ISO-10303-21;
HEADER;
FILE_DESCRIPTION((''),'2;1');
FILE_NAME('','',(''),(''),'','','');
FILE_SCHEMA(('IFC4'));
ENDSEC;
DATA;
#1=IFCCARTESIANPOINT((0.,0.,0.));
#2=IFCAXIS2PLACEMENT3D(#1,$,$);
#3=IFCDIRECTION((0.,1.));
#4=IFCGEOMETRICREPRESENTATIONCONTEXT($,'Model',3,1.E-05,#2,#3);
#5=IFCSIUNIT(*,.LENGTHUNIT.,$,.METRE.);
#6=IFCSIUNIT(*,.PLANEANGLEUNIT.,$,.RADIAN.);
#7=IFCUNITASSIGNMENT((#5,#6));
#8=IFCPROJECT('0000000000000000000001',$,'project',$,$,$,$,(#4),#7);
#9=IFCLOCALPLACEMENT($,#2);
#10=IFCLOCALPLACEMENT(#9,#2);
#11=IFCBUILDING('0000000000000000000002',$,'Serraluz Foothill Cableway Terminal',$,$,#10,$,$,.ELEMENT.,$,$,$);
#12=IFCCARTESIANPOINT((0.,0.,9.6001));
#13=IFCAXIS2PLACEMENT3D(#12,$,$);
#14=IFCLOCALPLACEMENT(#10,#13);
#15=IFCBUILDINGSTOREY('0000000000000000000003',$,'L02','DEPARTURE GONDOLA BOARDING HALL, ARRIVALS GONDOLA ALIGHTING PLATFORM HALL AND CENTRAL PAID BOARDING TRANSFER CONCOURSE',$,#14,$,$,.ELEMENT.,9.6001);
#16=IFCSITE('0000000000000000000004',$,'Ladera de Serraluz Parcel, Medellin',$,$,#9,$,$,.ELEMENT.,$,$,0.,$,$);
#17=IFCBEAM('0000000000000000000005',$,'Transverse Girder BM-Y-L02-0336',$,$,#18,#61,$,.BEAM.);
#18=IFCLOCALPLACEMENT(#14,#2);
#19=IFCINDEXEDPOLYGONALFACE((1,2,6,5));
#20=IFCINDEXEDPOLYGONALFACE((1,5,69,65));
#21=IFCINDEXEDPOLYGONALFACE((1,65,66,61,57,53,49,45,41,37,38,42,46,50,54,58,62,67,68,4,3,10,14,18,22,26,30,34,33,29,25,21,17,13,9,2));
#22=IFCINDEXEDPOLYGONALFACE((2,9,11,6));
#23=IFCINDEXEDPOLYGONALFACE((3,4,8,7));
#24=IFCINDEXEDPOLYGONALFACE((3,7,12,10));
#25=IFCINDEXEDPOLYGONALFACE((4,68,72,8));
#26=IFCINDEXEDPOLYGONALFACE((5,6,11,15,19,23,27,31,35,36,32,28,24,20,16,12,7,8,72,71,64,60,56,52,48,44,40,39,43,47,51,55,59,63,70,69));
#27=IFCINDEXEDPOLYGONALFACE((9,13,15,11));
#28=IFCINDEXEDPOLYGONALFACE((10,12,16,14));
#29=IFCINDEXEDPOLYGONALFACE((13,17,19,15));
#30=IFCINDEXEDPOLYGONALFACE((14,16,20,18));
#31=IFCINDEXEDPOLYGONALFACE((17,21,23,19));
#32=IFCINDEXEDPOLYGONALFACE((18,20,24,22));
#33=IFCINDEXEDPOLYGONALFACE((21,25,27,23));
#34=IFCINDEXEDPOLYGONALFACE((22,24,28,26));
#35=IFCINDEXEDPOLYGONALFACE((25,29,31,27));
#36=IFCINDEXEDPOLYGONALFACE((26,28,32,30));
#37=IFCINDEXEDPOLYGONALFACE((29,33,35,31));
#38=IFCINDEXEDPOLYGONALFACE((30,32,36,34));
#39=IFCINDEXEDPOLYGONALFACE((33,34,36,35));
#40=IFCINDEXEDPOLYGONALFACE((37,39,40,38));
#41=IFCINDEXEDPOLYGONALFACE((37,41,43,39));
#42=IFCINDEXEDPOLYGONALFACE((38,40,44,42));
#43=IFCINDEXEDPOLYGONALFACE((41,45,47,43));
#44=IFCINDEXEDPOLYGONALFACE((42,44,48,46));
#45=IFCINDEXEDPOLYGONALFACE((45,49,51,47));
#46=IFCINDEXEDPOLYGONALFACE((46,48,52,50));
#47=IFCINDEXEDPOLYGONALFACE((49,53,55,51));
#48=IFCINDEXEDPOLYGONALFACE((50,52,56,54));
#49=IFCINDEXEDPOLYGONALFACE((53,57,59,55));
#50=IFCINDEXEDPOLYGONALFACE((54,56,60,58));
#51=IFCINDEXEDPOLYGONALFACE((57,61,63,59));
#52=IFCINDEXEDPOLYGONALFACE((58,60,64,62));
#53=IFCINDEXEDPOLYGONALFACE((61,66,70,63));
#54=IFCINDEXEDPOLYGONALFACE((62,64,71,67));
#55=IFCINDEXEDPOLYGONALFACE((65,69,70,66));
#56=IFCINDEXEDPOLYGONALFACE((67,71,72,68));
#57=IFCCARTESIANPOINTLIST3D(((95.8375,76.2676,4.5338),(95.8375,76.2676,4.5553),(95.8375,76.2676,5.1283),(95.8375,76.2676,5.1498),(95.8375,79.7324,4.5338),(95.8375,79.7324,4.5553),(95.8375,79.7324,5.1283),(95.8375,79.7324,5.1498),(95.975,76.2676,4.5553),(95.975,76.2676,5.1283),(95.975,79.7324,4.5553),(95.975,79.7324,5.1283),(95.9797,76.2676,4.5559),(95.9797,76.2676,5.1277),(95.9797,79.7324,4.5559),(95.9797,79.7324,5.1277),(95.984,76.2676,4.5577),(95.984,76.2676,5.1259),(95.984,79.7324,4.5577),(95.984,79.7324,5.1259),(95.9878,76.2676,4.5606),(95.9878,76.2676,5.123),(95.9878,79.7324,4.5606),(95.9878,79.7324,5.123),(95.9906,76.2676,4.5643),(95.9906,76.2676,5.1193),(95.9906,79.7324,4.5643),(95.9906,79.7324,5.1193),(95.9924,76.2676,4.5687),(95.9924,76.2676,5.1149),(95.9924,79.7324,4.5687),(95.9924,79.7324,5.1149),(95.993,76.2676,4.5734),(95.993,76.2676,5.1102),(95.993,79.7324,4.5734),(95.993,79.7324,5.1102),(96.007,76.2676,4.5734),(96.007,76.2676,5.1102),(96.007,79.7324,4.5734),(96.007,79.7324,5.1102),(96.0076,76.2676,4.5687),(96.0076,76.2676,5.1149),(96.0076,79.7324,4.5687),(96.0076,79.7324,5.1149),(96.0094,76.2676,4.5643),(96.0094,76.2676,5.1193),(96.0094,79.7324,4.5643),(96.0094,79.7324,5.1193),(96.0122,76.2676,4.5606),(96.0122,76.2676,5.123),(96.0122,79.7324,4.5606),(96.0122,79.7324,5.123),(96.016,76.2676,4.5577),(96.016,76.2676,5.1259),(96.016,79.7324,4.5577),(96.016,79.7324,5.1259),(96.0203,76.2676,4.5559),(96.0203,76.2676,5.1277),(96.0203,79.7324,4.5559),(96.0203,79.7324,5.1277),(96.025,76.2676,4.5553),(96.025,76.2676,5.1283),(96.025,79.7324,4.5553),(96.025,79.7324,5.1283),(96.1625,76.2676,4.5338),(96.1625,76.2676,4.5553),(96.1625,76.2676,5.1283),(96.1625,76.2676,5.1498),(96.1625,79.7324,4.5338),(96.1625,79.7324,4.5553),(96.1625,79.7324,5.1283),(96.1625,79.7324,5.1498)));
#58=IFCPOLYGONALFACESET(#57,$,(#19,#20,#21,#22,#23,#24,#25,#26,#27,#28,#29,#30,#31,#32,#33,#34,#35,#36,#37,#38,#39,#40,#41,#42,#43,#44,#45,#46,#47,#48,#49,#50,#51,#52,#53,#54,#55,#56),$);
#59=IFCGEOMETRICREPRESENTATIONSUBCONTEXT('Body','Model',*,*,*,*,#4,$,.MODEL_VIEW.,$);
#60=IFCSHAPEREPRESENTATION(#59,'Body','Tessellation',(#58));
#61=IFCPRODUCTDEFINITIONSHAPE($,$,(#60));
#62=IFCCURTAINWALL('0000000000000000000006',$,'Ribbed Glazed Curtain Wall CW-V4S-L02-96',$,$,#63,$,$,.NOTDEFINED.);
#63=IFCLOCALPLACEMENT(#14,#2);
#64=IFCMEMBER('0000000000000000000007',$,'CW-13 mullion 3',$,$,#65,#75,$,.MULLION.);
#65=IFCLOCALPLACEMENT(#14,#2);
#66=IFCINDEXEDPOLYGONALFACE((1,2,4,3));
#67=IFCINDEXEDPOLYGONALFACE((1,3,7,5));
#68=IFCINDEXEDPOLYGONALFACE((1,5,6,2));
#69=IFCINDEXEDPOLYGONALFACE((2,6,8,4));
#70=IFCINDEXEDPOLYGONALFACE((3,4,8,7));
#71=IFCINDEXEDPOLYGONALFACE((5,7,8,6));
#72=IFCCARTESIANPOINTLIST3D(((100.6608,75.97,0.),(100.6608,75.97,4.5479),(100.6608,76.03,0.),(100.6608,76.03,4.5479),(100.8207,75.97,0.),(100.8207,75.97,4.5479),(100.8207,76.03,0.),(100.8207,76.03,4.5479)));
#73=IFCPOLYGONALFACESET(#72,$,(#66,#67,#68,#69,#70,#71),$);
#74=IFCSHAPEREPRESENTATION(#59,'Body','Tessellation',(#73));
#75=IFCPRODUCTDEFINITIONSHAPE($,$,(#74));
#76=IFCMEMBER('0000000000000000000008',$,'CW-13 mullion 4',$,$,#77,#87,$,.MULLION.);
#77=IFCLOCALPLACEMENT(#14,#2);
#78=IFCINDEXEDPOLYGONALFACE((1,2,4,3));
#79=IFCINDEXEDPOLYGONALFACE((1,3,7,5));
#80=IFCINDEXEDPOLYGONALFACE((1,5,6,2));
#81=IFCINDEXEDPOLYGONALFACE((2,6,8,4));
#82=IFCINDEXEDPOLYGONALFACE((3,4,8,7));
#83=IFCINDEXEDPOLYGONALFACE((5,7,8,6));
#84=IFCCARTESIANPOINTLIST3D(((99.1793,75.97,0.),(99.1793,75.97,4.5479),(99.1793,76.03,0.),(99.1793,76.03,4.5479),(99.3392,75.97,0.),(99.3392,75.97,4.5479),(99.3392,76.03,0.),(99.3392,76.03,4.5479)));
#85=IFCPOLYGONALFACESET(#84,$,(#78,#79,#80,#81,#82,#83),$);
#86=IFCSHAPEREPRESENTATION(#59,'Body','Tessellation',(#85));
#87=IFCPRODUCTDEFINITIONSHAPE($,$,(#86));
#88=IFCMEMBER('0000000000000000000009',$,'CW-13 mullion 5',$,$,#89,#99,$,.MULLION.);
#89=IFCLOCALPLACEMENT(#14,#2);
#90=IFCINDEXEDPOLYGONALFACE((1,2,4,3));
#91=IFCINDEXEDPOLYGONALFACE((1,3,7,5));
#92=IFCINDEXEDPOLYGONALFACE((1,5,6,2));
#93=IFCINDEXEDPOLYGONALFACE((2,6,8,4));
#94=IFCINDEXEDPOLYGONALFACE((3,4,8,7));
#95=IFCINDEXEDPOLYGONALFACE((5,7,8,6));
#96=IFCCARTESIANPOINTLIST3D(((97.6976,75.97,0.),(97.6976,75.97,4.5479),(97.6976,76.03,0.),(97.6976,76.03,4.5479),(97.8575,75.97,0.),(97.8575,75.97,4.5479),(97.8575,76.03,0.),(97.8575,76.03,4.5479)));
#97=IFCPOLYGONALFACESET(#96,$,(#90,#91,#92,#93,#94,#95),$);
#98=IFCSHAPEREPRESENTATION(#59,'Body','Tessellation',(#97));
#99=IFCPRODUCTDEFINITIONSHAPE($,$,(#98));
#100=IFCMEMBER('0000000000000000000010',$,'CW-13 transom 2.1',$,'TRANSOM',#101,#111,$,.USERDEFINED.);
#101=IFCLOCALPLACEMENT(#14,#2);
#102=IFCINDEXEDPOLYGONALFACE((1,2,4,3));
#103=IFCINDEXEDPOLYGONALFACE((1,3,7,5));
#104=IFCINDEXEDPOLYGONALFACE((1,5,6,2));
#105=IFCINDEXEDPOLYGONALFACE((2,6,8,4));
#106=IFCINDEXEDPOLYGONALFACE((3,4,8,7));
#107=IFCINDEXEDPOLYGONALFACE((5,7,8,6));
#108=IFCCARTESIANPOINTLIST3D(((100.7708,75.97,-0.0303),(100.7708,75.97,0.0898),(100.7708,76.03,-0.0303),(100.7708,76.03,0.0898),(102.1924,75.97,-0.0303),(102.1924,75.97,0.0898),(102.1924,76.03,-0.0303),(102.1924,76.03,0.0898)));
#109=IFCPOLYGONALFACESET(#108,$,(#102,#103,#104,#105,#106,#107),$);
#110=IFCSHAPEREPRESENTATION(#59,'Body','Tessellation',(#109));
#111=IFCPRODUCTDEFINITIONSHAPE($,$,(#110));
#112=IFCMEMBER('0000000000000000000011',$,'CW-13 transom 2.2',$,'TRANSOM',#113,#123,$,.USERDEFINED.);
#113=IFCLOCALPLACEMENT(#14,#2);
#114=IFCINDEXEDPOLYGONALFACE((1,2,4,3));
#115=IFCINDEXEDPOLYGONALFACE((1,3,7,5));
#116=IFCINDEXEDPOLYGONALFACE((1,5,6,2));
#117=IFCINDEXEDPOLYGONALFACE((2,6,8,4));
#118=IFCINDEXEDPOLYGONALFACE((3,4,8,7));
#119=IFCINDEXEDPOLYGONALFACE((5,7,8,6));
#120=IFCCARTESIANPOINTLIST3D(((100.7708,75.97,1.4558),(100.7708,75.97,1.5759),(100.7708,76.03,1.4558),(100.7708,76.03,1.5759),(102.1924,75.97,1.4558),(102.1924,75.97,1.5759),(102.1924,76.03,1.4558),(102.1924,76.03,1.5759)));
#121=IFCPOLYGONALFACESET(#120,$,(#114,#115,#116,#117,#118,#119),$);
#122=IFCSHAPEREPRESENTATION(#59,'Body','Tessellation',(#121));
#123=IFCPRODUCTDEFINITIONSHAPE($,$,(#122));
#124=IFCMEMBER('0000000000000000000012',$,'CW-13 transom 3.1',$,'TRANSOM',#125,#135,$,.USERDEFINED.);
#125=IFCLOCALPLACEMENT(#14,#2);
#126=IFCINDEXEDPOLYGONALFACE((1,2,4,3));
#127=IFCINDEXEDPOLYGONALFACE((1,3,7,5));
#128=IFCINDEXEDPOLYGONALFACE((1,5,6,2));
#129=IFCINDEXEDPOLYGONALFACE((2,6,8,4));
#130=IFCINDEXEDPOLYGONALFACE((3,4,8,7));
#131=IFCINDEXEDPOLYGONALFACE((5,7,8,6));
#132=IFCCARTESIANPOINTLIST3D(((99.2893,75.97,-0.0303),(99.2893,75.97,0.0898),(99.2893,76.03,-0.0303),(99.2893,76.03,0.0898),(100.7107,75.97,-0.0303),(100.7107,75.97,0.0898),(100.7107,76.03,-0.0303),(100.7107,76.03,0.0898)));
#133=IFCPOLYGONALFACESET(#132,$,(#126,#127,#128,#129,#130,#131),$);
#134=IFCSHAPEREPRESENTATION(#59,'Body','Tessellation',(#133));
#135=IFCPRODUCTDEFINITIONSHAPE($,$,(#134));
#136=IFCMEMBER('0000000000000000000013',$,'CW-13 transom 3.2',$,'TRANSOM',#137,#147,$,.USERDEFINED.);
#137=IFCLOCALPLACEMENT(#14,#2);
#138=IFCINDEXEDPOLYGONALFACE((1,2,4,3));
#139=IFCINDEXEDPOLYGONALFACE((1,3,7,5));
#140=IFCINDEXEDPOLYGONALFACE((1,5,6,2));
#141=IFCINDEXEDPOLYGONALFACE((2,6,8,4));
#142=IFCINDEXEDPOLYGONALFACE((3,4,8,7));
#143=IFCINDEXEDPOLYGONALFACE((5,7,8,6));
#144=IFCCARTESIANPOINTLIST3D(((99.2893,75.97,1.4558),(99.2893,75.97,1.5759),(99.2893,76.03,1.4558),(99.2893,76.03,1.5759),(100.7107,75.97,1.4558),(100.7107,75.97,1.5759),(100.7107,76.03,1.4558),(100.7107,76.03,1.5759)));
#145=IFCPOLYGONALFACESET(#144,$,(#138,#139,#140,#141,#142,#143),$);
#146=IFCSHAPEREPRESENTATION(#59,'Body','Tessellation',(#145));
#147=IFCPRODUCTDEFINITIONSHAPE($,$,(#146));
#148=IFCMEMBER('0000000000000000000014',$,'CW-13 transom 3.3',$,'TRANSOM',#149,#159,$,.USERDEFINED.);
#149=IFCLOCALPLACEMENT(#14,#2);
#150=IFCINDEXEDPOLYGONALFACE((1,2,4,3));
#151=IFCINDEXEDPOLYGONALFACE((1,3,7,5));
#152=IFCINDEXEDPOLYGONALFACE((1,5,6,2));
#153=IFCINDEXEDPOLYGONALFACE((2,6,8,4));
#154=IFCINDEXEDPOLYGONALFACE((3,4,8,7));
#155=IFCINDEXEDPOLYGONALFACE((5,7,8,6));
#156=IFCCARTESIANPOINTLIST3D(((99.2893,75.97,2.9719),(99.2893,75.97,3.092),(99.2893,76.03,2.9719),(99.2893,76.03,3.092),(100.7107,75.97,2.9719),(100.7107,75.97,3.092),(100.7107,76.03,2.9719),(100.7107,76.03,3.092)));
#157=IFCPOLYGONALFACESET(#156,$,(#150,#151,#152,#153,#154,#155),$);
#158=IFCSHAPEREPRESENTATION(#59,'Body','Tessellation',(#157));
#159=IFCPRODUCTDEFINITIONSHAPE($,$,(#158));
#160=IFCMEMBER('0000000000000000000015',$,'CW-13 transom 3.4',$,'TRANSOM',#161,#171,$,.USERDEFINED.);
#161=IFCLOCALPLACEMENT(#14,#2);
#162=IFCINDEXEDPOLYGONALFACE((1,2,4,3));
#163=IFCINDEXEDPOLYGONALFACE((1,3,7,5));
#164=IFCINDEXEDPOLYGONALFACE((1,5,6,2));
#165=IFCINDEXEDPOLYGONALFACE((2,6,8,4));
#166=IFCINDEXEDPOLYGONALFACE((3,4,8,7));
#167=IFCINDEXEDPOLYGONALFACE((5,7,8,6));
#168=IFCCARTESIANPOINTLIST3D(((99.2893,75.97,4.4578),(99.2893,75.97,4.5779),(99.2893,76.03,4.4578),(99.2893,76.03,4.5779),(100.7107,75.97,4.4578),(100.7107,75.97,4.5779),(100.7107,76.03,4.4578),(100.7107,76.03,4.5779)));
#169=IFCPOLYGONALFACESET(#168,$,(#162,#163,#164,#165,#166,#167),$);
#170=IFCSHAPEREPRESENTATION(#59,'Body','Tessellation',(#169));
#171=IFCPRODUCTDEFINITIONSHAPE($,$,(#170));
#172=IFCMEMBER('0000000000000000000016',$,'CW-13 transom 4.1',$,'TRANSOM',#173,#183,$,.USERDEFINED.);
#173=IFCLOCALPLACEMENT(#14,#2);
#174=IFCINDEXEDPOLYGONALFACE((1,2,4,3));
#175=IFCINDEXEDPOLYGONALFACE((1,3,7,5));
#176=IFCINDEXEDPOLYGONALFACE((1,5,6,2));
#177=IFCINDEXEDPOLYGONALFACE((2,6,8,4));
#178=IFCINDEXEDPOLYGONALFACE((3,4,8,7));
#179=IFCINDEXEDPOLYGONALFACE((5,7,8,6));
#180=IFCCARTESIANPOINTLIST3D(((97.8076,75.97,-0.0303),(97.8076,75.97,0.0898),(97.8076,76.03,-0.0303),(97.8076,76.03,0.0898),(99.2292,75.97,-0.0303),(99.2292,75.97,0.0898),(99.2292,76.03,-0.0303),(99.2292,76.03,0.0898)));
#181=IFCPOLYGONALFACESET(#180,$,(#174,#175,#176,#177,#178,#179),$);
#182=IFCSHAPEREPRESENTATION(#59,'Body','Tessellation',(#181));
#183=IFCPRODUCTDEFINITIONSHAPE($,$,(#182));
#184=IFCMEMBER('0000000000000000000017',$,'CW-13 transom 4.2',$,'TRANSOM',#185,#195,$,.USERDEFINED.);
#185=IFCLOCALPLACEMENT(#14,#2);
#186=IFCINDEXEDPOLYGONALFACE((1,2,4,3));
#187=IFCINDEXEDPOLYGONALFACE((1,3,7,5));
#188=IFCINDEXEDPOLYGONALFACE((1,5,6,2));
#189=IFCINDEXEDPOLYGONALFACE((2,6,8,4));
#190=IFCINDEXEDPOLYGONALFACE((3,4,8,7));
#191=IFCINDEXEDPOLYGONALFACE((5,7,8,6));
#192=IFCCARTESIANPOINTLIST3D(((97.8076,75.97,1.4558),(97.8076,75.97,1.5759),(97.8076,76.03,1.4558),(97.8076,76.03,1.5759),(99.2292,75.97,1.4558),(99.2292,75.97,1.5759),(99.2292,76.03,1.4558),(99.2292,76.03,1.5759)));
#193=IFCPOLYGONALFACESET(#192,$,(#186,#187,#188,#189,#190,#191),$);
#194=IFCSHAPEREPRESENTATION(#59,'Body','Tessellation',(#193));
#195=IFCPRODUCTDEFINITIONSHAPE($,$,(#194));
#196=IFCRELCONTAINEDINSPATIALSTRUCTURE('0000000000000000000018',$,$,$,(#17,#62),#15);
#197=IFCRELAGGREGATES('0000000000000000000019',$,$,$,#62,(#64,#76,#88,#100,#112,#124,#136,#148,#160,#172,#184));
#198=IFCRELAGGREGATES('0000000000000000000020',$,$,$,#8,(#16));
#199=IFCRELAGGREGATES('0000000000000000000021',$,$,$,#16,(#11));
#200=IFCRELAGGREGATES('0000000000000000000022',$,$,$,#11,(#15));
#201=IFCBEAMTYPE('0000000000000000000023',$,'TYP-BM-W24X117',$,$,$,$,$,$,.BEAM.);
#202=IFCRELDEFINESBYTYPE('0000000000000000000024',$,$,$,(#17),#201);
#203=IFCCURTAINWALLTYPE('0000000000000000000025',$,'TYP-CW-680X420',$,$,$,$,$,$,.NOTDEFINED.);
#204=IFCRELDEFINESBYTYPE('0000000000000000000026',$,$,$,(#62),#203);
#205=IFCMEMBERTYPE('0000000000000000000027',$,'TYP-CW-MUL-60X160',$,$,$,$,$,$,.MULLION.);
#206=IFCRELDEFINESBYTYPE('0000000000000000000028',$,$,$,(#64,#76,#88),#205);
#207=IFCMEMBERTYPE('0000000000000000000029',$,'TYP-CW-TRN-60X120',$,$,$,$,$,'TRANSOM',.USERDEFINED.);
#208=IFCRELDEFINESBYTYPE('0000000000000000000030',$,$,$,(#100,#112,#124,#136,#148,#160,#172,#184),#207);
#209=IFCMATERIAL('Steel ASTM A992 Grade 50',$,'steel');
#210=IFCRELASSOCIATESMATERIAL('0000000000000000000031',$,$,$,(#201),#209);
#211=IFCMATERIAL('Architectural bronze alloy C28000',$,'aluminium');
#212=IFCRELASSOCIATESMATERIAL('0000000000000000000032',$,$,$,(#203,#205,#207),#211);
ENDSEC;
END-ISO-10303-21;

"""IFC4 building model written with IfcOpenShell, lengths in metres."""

from ifc_helpers import new_model, si_unit, direction, frame, origin, origin_2d, place, context, subcontext, project, spatial, rectangle, i_section, extrude, material, material_profile, profile_set, type_object, element, aggregate, save


model = new_model("IFC4")

# Units and contexts
model_context = context("Model", 3, precision=1e-05, world=origin(), true_north=direction((0.0, 1.0)))
body_context = subcontext(model_context, "Body", "Model", "MODEL_VIEW")
ifc_project = project(units=[si_unit("LENGTHUNIT", "METRE"), si_unit("PLANEANGLEUNIT", "RADIAN")], contexts=[model_context])

# Site, building, storey
site_placement = place(None, origin())
site = spatial("IfcSite", under=ifc_project, at=site_placement, Name="Ladera de Serraluz Parcel, Medellin", CompositionType="ELEMENT", RefElevation=0.0)
building_placement = place(site_placement, origin())
building = spatial("IfcBuilding", under=site, at=building_placement, Name="Serraluz Foothill Cableway Terminal", CompositionType="ELEMENT")
storey_placement = place(building_placement, frame((0.0, 0.0, 9.6001)))
storey = spatial("IfcBuildingStorey", under=building, at=storey_placement, Name="L02", Description="DEPARTURE GONDOLA BOARDING HALL, ARRIVALS GONDOLA ALIGHTING PLATFORM HALL AND CENTRAL PAID BOARDING TRANSFER CONCOURSE", CompositionType="ELEMENT", Elevation=9.6001)

# Beam
ifc_material_1 = material(Name="Steel ASTM A992 Grade 50", Category="steel")
ifc_material_profile_1 = material_profile(ifc_material_1, i_section(OverallWidth=0.325, OverallDepth=0.616, WebThickness=0.0139, FlangeThickness=0.0215, FilletRadius=0.0181, at=origin_2d()), Name="W24X117")
ifc_profile_set_1 = profile_set([ifc_material_profile_1], Name="Steel ASTM A992 Grade 50")
beam_type = type_object("IfcBeamType", Name="TYP-BM-W24X117", PredefinedType="BEAM", material=ifc_profile_set_1)
beam_placement = place(storey_placement, frame((96.0, 76.2676, 4.8418), z_axis=(0.0, 1.0, 0.0), x_axis=(-1.0, 0.0, 0.0)))
element("IfcBeam", 1, at=beam_placement, inside=storey, type_object=beam_type, Name="Transverse Girder BM-Y-L02-0336", PredefinedType="BEAM", context=body_context, shape_type="SweptSolid", body=[
    extrude(i_section(OverallWidth=0.325, OverallDepth=0.616, WebThickness=0.0139, FlangeThickness=0.0215, FilletRadius=0.0181, at=origin_2d()), origin(), (0.0, 0.0, 1.0), 3.4648),
])

# Curtain wall, members
ifc_material_2 = material(Name="Architectural bronze alloy C28000", Category="aluminium")
curtain_wall_type = type_object("IfcCurtainWallType", Name="TYP-CW-680X420", PredefinedType="NOTDEFINED", material=ifc_material_2)
curtain_wall_placement = place(storey_placement, origin())
curtain_wall = element("IfcCurtainWall", 2, at=curtain_wall_placement, inside=storey, type_object=curtain_wall_type, Name="Ribbed Glazed Curtain Wall CW-V4S-L02-96", PredefinedType="NOTDEFINED")
ifc_material_profile_2 = material_profile(ifc_material_2, rectangle(XDim=0.0601, YDim=0.1599, at=origin_2d()), Name="ALU MULLION 60x160")
ifc_profile_set_2 = profile_set([ifc_material_profile_2], Name="Architectural bronze alloy C28000")
member_type_1 = type_object("IfcMemberType", Name="TYP-CW-MUL-60X160", PredefinedType="MULLION", material=ifc_profile_set_2)
member_1_placement = place(storey_placement, frame((100.7407, 76.0, 0.0), z_axis=(0.0, 0.0, 1.0), x_axis=(0.0, -1.0, 0.0)))
member_1 = element("IfcMember", 3, at=member_1_placement, type_object=member_type_1, Name="CW-13 mullion 3", PredefinedType="MULLION", context=body_context, shape_type="SweptSolid", body=[
    extrude(rectangle(XDim=0.0601, YDim=0.1599, at=origin_2d()), origin(), (0.0, 0.0, 1.0), 4.5479),
])
member_2_placement = place(storey_placement, frame((99.2593, 76.0, 0.0), z_axis=(0.0, 0.0, 1.0), x_axis=(0.0, -1.0, 0.0)))
member_2 = element("IfcMember", 4, at=member_2_placement, type_object=member_type_1, Name="CW-13 mullion 4", PredefinedType="MULLION", context=body_context, shape_type="SweptSolid", body=[
    extrude(rectangle(XDim=0.0601, YDim=0.1599, at=origin_2d()), origin(), (0.0, 0.0, 1.0), 4.5479),
])
member_3_placement = place(storey_placement, frame((97.7776, 76.0, 0.0), z_axis=(0.0, 0.0, 1.0), x_axis=(0.0, -1.0, 0.0)))
member_3 = element("IfcMember", 5, at=member_3_placement, type_object=member_type_1, Name="CW-13 mullion 5", PredefinedType="MULLION", context=body_context, shape_type="SweptSolid", body=[
    extrude(rectangle(XDim=0.0601, YDim=0.1599, at=origin_2d()), origin(), (0.0, 0.0, 1.0), 4.5479),
])
ifc_material_profile_3 = material_profile(ifc_material_2, rectangle(XDim=0.0601, YDim=0.1201, at=origin_2d()), Name="ALU TRANSOM 60x120")
ifc_profile_set_3 = profile_set([ifc_material_profile_3], Name="Architectural bronze alloy C28000")
member_type_2 = type_object("IfcMemberType", Name="TYP-CW-TRN-60X120", ElementType="TRANSOM", PredefinedType="USERDEFINED", material=ifc_profile_set_3)
member_4_placement = place(storey_placement, frame((102.1924, 76.0, 0.0298), z_axis=(-1.0, 0.0, 0.0), x_axis=(0.0, -1.0, 0.0)))
member_4 = element("IfcMember", 6, at=member_4_placement, type_object=member_type_2, Name="CW-13 transom 2.1", ObjectType="TRANSOM", PredefinedType="USERDEFINED", context=body_context, shape_type="SweptSolid", body=[
    extrude(rectangle(XDim=0.0601, YDim=0.1201, at=origin_2d()), origin(), (0.0, 0.0, 1.0), 1.4216),
])
member_5_placement = place(storey_placement, frame((102.1924, 76.0, 1.5159), z_axis=(-1.0, 0.0, 0.0), x_axis=(0.0, -1.0, 0.0)))
member_5 = element("IfcMember", 7, at=member_5_placement, type_object=member_type_2, Name="CW-13 transom 2.2", ObjectType="TRANSOM", PredefinedType="USERDEFINED", context=body_context, shape_type="SweptSolid", body=[
    extrude(rectangle(XDim=0.0601, YDim=0.1201, at=origin_2d()), origin(), (0.0, 0.0, 1.0), 1.4216),
])
member_6_placement = place(storey_placement, frame((100.7107, 76.0, 0.0298), z_axis=(-1.0, 0.0, 0.0), x_axis=(0.0, -1.0, 0.0)))
member_6 = element("IfcMember", 8, at=member_6_placement, type_object=member_type_2, Name="CW-13 transom 3.1", ObjectType="TRANSOM", PredefinedType="USERDEFINED", context=body_context, shape_type="SweptSolid", body=[
    extrude(rectangle(XDim=0.0601, YDim=0.1201, at=origin_2d()), origin(), (0.0, 0.0, 1.0), 1.4214),
])
member_7_placement = place(storey_placement, frame((100.7107, 76.0, 1.5159), z_axis=(-1.0, 0.0, 0.0), x_axis=(0.0, -1.0, 0.0)))
member_7 = element("IfcMember", 9, at=member_7_placement, type_object=member_type_2, Name="CW-13 transom 3.2", ObjectType="TRANSOM", PredefinedType="USERDEFINED", context=body_context, shape_type="SweptSolid", body=[
    extrude(rectangle(XDim=0.0601, YDim=0.1201, at=origin_2d()), origin(), (0.0, 0.0, 1.0), 1.4214),
])
member_8_placement = place(storey_placement, frame((100.7107, 76.0, 3.032), z_axis=(-1.0, 0.0, 0.0), x_axis=(0.0, -1.0, 0.0)))
member_8 = element("IfcMember", 10, at=member_8_placement, type_object=member_type_2, Name="CW-13 transom 3.3", ObjectType="TRANSOM", PredefinedType="USERDEFINED", context=body_context, shape_type="SweptSolid", body=[
    extrude(rectangle(XDim=0.0601, YDim=0.1201, at=origin_2d()), origin(), (0.0, 0.0, 1.0), 1.4214),
])
member_9_placement = place(storey_placement, frame((100.7107, 76.0, 4.5178), z_axis=(-1.0, 0.0, 0.0), x_axis=(0.0, -1.0, 0.0)))
member_9 = element("IfcMember", 11, at=member_9_placement, type_object=member_type_2, Name="CW-13 transom 3.4", ObjectType="TRANSOM", PredefinedType="USERDEFINED", context=body_context, shape_type="SweptSolid", body=[
    extrude(rectangle(XDim=0.0601, YDim=0.1201, at=origin_2d()), origin(), (0.0, 0.0, 1.0), 1.4214),
])
member_10_placement = place(storey_placement, frame((99.2292, 76.0, 0.0298), z_axis=(-1.0, 0.0, 0.0), x_axis=(0.0, -1.0, 0.0)))
member_10 = element("IfcMember", 12, at=member_10_placement, type_object=member_type_2, Name="CW-13 transom 4.1", ObjectType="TRANSOM", PredefinedType="USERDEFINED", context=body_context, shape_type="SweptSolid", body=[
    extrude(rectangle(XDim=0.0601, YDim=0.1201, at=origin_2d()), origin(), (0.0, 0.0, 1.0), 1.4216),
])
member_11_placement = place(storey_placement, frame((99.2292, 76.0, 1.5159), z_axis=(-1.0, 0.0, 0.0), x_axis=(0.0, -1.0, 0.0)))
member_11 = element("IfcMember", 13, at=member_11_placement, type_object=member_type_2, Name="CW-13 transom 4.2", ObjectType="TRANSOM", PredefinedType="USERDEFINED", context=body_context, shape_type="SweptSolid", body=[
    extrude(rectangle(XDim=0.0601, YDim=0.1201, at=origin_2d()), origin(), (0.0, 0.0, 1.0), 1.4216),
])
aggregate(curtain_wall, [member_1, member_2, member_3, member_4, member_5, member_6, member_7, member_8, member_9, member_10, member_11])

save(model, "model.ifc")
